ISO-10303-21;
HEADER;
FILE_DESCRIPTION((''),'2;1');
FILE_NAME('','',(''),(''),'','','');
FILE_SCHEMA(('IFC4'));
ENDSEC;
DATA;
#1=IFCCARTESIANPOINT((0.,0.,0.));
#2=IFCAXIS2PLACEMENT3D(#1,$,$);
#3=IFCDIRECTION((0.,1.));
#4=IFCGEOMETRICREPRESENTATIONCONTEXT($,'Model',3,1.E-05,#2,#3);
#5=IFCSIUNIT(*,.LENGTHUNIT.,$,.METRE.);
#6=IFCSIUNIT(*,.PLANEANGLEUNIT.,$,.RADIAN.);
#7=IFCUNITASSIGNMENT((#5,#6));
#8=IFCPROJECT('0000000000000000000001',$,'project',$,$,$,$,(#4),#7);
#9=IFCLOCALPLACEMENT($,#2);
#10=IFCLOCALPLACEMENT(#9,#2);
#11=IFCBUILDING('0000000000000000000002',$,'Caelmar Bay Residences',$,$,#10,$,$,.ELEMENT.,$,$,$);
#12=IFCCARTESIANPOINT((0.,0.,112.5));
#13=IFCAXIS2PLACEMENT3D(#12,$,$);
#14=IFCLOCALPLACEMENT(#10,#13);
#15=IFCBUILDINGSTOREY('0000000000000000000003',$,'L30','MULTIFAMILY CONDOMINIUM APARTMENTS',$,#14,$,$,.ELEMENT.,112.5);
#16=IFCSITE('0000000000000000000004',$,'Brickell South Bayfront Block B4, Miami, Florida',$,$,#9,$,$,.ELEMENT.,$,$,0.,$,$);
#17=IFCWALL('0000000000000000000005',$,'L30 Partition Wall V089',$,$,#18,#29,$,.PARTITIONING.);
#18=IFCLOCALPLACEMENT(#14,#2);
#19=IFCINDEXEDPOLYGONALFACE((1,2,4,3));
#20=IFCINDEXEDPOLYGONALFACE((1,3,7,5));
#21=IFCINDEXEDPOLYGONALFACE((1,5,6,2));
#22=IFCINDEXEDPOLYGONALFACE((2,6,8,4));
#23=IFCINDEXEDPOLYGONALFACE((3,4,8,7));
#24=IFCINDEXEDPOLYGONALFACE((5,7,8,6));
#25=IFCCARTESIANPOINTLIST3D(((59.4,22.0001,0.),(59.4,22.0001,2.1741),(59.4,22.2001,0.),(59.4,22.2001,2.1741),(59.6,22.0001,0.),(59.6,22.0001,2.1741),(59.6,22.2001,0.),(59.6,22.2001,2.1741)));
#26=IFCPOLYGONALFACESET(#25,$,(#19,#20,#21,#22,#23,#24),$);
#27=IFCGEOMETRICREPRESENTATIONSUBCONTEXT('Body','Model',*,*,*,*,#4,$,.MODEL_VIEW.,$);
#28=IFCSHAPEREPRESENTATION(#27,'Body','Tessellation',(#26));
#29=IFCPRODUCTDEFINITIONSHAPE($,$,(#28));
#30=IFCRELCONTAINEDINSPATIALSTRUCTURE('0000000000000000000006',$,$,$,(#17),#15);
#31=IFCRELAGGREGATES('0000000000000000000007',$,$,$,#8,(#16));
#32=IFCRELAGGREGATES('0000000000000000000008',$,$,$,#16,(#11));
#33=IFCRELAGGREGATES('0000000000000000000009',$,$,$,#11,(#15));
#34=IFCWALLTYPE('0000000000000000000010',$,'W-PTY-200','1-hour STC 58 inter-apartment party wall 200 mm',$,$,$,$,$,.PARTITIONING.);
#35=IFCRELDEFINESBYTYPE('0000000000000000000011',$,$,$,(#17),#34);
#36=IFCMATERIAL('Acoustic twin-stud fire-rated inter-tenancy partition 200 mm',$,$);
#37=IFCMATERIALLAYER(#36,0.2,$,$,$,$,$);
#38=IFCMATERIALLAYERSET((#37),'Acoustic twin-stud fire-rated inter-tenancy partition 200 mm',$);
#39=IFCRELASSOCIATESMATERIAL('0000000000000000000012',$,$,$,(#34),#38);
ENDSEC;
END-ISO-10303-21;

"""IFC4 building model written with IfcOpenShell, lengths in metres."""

from ifc_helpers import new_model, si_unit, direction, frame, frame_2d, origin, place, context, subcontext, project, spatial, rectangle, extrude, material, layer, layer_set, type_object, element, save


model = new_model("IFC4")

# Units and contexts
model_context = context("Model", 3, precision=1e-05, world=origin(), true_north=direction((0.0, 1.0)))
body_context = subcontext(model_context, "Body", "Model", "MODEL_VIEW")
ifc_project = project(units=[si_unit("LENGTHUNIT", "METRE"), si_unit("PLANEANGLEUNIT", "RADIAN")], contexts=[model_context])

# Site, building, storey
site_placement = place(None, origin())
site = spatial("IfcSite", under=ifc_project, at=site_placement, Name="Brickell South Bayfront Block B4, Miami, Florida", CompositionType="ELEMENT", RefElevation=0.0)
building_placement = place(site_placement, origin())
building = spatial("IfcBuilding", under=site, at=building_placement, Name="Caelmar Bay Residences", CompositionType="ELEMENT")
storey_placement = place(building_placement, frame((0.0, 0.0, 112.5)))
storey = spatial("IfcBuildingStorey", under=building, at=storey_placement, Name="L30", Description="MULTIFAMILY CONDOMINIUM APARTMENTS", CompositionType="ELEMENT", Elevation=112.5)

# Wall
ifc_material_1 = material(Name="Acoustic twin-stud fire-rated inter-tenancy partition 200 mm")
ifc_layer_1 = layer(ifc_material_1, 0.2)
ifc_layer_set_1 = layer_set([ifc_layer_1], Name="Acoustic twin-stud fire-rated inter-tenancy partition 200 mm")
wall_type_1 = type_object("IfcWallType", Name="W-PTY-200", Description="1-hour STC 58 inter-apartment party wall 200 mm", PredefinedType="PARTITIONING", material=ifc_layer_set_1)
wall_1_placement = place(storey_placement, frame((59.5, 22.0, 0.0), z_axis=(0.0, 0.0, 1.0), x_axis=(0.0, 1.0, 0.0)))
element("IfcWall", 1, at=wall_1_placement, inside=storey, type_object=wall_type_1, Name="L30 Partition Wall V089", PredefinedType="PARTITIONING", context=body_context, shape_type="SweptSolid", body=[
    extrude(rectangle(XDim=0.2, YDim=0.2, at=frame_2d((0.1001, 0.0))), origin(), (0.0, 0.0, 1.0), 2.1741),
])

save(model, "model.ifc")
